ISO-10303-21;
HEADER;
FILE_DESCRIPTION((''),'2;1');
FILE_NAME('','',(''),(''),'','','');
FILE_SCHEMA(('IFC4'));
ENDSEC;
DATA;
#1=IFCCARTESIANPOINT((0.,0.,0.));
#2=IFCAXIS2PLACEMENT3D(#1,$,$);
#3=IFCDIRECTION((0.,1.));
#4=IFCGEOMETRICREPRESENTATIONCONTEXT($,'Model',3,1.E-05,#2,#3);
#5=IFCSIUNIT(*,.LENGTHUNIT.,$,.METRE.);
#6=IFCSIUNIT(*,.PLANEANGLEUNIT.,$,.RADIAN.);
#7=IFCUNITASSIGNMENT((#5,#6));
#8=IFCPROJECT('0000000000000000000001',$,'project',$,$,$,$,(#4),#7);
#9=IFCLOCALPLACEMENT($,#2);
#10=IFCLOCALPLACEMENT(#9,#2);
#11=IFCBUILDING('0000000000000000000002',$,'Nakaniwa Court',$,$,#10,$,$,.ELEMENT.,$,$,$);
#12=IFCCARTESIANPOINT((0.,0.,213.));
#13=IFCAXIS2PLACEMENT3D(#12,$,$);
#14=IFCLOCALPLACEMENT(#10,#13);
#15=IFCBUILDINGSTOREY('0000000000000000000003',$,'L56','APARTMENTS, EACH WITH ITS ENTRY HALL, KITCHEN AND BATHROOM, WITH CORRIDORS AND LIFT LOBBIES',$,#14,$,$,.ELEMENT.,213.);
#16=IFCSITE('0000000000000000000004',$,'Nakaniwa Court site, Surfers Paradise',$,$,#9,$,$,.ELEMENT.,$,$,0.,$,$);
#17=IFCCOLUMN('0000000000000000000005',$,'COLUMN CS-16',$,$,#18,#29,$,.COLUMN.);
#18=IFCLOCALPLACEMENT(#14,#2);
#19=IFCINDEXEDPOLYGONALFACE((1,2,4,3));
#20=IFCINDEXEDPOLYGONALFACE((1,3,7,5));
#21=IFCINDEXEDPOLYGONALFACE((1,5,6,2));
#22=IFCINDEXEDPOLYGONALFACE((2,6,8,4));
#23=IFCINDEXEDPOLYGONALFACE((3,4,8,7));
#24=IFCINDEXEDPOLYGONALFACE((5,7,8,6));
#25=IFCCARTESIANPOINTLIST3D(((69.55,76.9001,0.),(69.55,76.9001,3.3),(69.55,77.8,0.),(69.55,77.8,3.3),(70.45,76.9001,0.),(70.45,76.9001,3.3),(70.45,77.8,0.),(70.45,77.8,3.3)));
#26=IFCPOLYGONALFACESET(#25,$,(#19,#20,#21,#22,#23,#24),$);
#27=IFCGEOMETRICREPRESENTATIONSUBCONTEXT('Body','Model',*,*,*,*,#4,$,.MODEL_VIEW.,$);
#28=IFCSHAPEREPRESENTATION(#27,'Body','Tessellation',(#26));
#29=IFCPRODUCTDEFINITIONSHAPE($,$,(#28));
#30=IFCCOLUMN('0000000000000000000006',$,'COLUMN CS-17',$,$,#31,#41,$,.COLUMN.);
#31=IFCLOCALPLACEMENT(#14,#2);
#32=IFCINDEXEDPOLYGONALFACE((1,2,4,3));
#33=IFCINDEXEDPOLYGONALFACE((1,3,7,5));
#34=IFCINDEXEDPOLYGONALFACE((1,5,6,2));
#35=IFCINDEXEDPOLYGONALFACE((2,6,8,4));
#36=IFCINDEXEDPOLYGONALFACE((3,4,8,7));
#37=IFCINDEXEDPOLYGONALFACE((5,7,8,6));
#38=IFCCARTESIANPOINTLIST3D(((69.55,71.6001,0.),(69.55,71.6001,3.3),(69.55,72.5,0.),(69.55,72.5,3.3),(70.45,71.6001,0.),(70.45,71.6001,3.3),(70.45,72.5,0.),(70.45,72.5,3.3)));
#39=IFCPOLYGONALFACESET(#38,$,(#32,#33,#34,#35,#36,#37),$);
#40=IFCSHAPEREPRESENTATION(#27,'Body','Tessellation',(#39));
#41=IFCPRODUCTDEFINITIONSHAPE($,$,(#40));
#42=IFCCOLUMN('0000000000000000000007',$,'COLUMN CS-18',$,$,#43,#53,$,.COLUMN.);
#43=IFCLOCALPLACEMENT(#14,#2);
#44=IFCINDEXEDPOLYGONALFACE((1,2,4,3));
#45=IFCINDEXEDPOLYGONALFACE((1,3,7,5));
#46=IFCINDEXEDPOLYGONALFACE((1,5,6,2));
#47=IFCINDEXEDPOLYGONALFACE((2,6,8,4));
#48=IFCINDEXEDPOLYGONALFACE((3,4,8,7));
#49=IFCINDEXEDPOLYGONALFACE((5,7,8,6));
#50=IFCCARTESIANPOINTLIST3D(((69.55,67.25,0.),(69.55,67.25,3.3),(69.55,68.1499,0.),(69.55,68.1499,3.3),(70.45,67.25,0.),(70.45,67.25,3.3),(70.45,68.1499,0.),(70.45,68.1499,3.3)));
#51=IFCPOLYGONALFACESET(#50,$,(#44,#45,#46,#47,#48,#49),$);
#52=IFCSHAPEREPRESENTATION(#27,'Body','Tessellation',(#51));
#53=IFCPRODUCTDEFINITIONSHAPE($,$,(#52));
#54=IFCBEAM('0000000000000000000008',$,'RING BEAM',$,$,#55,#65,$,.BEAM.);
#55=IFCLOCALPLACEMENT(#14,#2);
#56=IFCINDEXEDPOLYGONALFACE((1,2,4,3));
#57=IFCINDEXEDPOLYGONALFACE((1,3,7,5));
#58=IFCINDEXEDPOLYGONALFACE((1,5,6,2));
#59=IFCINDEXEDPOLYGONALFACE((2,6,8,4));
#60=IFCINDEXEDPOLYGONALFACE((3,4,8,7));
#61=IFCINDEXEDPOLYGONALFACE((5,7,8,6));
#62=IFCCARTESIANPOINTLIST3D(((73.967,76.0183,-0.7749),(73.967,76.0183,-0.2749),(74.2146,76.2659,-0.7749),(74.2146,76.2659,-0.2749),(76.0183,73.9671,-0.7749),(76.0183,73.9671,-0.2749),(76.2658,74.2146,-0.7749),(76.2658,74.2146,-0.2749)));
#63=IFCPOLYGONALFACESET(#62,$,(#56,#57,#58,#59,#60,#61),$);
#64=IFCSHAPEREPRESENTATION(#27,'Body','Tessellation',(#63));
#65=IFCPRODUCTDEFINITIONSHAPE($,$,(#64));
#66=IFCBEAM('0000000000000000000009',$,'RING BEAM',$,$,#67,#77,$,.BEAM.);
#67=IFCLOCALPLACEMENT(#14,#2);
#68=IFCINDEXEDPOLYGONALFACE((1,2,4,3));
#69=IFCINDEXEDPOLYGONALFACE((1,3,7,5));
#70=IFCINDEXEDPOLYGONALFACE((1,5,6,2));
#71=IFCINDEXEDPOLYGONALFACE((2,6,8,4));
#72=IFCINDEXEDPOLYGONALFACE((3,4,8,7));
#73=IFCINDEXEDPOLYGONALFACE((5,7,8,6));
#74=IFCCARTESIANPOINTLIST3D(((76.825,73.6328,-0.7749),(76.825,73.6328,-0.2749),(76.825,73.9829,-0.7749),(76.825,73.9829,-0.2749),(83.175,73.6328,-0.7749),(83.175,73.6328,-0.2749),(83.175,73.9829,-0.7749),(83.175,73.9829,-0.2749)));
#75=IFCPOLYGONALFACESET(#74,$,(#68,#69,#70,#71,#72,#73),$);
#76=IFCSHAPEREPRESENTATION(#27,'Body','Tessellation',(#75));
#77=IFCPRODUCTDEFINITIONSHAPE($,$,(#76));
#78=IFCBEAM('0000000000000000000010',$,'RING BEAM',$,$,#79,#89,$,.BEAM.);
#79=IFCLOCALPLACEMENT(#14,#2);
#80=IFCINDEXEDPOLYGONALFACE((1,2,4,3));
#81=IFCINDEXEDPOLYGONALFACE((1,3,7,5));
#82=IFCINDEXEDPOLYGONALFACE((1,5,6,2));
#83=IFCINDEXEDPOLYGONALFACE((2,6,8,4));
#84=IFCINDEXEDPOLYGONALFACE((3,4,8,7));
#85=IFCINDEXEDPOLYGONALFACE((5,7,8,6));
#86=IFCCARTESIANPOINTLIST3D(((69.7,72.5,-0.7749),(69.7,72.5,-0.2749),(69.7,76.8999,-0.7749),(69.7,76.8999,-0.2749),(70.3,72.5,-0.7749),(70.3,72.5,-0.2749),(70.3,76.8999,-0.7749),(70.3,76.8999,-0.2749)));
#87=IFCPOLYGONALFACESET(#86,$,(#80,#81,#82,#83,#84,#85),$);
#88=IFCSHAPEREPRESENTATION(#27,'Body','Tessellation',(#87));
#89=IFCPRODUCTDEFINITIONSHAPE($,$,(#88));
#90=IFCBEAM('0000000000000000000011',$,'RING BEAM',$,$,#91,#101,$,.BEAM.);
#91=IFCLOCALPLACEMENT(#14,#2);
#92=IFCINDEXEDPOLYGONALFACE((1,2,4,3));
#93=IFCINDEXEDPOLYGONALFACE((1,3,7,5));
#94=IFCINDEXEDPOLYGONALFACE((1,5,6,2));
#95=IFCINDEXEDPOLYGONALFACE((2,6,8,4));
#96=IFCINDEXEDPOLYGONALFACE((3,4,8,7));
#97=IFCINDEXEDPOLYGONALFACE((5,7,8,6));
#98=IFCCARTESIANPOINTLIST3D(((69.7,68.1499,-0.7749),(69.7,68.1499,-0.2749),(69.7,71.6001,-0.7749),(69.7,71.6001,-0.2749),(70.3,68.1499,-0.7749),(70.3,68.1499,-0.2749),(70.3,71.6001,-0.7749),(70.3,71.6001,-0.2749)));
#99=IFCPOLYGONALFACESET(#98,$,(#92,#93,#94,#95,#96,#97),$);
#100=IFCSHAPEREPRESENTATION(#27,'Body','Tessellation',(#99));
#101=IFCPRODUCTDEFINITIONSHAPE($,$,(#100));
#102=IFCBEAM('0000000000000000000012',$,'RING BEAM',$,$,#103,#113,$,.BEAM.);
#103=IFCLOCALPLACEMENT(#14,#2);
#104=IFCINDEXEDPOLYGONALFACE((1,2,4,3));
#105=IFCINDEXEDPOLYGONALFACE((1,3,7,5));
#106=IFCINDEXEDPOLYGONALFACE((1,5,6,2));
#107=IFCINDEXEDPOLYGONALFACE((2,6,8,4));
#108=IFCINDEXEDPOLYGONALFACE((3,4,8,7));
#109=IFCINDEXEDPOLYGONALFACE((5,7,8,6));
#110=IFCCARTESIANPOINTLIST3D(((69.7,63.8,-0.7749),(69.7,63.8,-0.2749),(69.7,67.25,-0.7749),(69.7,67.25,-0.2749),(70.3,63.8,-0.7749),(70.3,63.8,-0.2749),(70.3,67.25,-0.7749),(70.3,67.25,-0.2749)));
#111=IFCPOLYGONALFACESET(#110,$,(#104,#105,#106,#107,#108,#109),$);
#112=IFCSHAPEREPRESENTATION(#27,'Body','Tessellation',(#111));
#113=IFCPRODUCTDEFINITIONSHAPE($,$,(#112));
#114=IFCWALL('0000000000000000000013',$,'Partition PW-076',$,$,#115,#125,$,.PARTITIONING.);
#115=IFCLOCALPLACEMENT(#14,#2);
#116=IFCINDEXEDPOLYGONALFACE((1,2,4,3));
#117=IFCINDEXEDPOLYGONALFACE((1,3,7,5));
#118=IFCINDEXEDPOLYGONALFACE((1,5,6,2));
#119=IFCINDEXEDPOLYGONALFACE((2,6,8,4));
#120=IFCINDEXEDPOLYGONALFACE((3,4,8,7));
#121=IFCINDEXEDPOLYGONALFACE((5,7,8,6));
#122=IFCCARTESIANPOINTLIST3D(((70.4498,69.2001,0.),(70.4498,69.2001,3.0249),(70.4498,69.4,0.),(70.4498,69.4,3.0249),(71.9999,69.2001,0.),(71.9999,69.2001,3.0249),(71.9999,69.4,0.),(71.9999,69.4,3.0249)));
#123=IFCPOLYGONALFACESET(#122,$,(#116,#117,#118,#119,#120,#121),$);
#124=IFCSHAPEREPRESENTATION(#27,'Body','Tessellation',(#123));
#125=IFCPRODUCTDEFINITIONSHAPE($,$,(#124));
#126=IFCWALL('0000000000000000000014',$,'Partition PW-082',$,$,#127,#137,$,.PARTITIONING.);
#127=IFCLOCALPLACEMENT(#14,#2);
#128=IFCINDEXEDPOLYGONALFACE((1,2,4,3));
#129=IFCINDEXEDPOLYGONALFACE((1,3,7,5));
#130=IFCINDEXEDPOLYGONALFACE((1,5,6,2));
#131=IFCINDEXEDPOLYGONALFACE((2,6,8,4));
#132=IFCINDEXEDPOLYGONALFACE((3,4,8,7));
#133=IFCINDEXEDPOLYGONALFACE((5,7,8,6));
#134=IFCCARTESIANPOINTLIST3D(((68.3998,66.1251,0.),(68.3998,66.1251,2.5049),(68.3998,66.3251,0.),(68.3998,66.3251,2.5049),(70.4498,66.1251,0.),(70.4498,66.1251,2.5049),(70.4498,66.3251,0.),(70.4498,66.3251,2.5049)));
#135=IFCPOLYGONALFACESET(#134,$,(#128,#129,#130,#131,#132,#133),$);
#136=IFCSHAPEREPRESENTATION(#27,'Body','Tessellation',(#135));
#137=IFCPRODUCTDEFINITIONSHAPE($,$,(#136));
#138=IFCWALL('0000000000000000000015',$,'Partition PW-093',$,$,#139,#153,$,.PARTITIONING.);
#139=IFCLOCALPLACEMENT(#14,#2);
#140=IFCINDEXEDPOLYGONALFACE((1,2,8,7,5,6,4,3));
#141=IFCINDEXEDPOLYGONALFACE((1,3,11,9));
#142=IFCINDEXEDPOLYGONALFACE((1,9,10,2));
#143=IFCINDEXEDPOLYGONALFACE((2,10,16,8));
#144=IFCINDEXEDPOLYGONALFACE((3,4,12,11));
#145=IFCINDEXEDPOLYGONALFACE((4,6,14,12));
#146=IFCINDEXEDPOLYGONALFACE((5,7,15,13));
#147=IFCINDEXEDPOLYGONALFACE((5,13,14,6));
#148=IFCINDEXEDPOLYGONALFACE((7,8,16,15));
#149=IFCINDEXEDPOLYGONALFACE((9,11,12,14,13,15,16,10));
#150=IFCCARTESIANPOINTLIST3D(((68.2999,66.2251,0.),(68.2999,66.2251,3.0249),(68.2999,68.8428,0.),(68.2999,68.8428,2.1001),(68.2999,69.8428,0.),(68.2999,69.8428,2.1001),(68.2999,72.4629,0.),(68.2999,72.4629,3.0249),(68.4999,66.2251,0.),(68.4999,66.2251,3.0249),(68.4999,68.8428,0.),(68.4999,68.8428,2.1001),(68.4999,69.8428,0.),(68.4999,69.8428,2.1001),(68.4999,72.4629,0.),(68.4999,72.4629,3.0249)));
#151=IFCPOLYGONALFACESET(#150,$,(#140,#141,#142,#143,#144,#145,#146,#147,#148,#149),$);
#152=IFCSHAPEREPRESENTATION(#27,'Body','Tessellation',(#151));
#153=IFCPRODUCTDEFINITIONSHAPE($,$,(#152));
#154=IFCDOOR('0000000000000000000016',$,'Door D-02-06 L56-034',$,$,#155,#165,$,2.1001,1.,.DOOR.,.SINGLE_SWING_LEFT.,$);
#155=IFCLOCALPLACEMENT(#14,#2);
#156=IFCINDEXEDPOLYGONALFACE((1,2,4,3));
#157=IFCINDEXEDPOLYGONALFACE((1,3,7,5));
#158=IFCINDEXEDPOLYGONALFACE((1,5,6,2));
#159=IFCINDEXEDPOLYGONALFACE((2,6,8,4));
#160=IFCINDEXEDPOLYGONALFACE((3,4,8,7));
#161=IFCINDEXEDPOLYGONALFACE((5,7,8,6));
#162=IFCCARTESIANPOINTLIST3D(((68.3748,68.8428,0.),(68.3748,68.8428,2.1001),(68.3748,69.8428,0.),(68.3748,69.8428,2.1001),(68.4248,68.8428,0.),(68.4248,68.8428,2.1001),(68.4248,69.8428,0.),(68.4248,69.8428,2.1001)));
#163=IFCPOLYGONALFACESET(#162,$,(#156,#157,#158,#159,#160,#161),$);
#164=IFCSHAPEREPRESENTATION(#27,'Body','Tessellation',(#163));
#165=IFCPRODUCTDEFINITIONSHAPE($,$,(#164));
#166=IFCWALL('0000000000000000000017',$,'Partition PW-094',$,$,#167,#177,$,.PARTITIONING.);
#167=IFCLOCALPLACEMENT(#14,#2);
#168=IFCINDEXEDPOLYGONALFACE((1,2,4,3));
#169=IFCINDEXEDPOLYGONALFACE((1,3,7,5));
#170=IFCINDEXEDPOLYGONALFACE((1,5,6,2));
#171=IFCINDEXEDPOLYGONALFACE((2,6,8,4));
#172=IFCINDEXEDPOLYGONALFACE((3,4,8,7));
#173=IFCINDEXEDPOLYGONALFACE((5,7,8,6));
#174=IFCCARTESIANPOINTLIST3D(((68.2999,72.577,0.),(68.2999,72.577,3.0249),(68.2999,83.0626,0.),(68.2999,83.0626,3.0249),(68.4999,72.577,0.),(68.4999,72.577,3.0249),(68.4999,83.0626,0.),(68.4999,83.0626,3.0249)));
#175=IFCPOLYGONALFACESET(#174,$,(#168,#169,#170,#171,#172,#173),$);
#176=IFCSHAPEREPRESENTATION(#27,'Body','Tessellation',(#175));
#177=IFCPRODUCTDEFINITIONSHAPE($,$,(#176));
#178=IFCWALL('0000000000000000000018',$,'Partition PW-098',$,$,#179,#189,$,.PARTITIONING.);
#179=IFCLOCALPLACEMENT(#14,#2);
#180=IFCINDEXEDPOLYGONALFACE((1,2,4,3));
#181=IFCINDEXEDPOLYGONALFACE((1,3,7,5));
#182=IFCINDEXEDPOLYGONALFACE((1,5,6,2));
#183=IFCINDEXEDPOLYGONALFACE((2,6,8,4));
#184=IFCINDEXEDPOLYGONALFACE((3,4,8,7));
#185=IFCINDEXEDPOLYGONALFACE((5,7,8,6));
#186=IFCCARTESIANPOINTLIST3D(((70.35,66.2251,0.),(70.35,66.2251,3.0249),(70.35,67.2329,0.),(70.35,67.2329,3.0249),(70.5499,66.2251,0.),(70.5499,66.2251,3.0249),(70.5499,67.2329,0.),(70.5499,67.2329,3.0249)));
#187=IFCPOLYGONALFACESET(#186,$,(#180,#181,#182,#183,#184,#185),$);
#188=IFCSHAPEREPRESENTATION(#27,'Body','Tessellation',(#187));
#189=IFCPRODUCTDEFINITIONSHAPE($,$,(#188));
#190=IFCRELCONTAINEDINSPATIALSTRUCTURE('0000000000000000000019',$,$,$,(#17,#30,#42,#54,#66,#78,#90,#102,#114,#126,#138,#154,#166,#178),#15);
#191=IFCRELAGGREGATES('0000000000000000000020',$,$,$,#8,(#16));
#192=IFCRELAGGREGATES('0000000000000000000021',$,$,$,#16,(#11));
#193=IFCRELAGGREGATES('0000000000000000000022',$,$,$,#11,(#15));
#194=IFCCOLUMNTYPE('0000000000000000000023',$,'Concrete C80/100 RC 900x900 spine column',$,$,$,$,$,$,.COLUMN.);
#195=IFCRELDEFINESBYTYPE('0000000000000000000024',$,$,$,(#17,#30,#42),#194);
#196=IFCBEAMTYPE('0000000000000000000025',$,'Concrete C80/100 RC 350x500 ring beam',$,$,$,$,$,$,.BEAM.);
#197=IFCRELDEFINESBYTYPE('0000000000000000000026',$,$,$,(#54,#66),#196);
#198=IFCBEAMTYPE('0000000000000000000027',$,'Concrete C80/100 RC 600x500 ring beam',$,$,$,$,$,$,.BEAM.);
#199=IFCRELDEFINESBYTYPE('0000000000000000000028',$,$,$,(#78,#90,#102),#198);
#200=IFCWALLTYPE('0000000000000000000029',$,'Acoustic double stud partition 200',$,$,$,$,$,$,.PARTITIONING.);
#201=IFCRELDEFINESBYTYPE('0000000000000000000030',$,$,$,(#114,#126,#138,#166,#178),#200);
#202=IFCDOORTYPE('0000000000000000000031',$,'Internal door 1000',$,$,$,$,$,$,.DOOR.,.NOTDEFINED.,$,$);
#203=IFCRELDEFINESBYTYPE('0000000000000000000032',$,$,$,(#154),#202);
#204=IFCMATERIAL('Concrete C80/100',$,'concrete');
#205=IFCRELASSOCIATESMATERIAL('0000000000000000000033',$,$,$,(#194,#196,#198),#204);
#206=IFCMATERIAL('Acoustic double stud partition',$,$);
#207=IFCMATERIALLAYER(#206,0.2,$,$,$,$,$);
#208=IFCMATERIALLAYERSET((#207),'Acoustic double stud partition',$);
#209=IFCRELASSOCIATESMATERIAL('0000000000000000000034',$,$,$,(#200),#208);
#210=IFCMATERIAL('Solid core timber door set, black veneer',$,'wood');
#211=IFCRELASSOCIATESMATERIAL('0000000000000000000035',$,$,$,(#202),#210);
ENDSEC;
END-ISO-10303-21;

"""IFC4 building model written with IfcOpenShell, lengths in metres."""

from ifc_helpers import new_model, si_unit, direction, frame, frame_2d, origin, origin_2d, place, context, subcontext, project, spatial, rectangle, extrude, material, layer, layer_set, material_profile, profile_set, type_object, element, fill, save


model = new_model("IFC4")

# Units and contexts
model_context = context("Model", 3, precision=1e-05, world=origin(), true_north=direction((0.0, 1.0)))
body_context = subcontext(model_context, "Body", "Model", "MODEL_VIEW")
ifc_project = project(units=[si_unit("LENGTHUNIT", "METRE"), si_unit("PLANEANGLEUNIT", "RADIAN")], contexts=[model_context])

# Site, building, storey
site_placement = place(None, origin())
site = spatial("IfcSite", under=ifc_project, at=site_placement, Name="Nakaniwa Court site, Surfers Paradise", CompositionType="ELEMENT", RefElevation=0.0)
building_placement = place(site_placement, origin())
building = spatial("IfcBuilding", under=site, at=building_placement, Name="Nakaniwa Court", CompositionType="ELEMENT")
storey_placement = place(building_placement, frame((0.0, 0.0, 213.0)))
storey = spatial("IfcBuildingStorey", under=building, at=storey_placement, Name="L56", Description="APARTMENTS, EACH WITH ITS ENTRY HALL, KITCHEN AND BATHROOM, WITH CORRIDORS AND LIFT LOBBIES", CompositionType="ELEMENT", Elevation=213.0)

# Columns
ifc_material_1 = material(Name="Concrete C80/100", Category="concrete")
ifc_material_profile_1 = material_profile(ifc_material_1, rectangle(XDim=0.8999, YDim=0.8999, at=origin_2d()), Name="Concrete C80/100 RC 900x900 spine column")
ifc_profile_set_1 = profile_set([ifc_material_profile_1], Name="Concrete C80/100")
column_type_1 = type_object("IfcColumnType", Name="Concrete C80/100 RC 900x900 spine column", PredefinedType="COLUMN", material=ifc_profile_set_1)
for number, where, z_axis, x_axis, name in (
    (1, (70.0, 77.3501, 0.0), (0.0, 0.0, 1.0), (0.0, -1.0, 0.0), "COLUMN CS-16"),
    (2, (70.0, 72.05, 0.0), (0.0, 0.0, 1.0), (0.0, -1.0, 0.0), "COLUMN CS-17"),
    (3, (70.0, 67.7, 0.0), (0.0, 0.0, 1.0), (0.0, -1.0, 0.0), "COLUMN CS-18"),
):
    element("IfcColumn", number, at=place(storey_placement, frame(where, z_axis=z_axis, x_axis=x_axis)), inside=storey, type_object=column_type_1, Name=name, PredefinedType="COLUMN", context=body_context, shape_type="SweptSolid", body=[
        extrude(rectangle(XDim=0.8999, YDim=0.8999, at=origin_2d()), origin(), (0.0, 0.0, 1.0), 3.3),
    ])

# Beams
ifc_material_profile_2 = material_profile(ifc_material_1, rectangle(XDim=0.3501, YDim=0.5, at=origin_2d()), Name="Concrete C80/100 RC 350x500 ring beam")
ifc_profile_set_2 = profile_set([ifc_material_profile_2], Name="Concrete C80/100")
beam_type_1 = type_object("IfcBeamType", Name="Concrete C80/100 RC 350x500 ring beam", PredefinedType="BEAM", material=ifc_profile_set_2)
beam_1_placement = place(storey_placement, frame((74.0908, 76.1421, -0.5249), z_axis=(0.707107, -0.707107, 0.0), x_axis=(0.707107, 0.707107, 0.0)))
element("IfcBeam", 4, at=beam_1_placement, inside=storey, type_object=beam_type_1, Name="RING BEAM", PredefinedType="BEAM", context=body_context, shape_type="SweptSolid", body=[
    extrude(rectangle(XDim=0.3501, YDim=0.5, at=origin_2d()), origin(), (0.0, 0.0, 1.0), 2.9009),
])
beam_2_placement = place(storey_placement, frame((76.825, 73.8079, -0.5249), z_axis=(1.0, 0.0, 0.0), x_axis=(0.0, 1.0, 0.0)))
element("IfcBeam", 5, at=beam_2_placement, inside=storey, type_object=beam_type_1, Name="RING BEAM", PredefinedType="BEAM", context=body_context, shape_type="SweptSolid", body=[
    extrude(rectangle(XDim=0.3501, YDim=0.5, at=origin_2d()), origin(), (0.0, 0.0, 1.0), 6.3501),
])
ifc_material_profile_3 = material_profile(ifc_material_1, rectangle(XDim=0.6001, YDim=0.5, at=origin_2d()), Name="Concrete C80/100 RC 600x500 ring beam")
ifc_profile_set_3 = profile_set([ifc_material_profile_3], Name="Concrete C80/100")
beam_type_2 = type_object("IfcBeamType", Name="Concrete C80/100 RC 600x500 ring beam", PredefinedType="BEAM", material=ifc_profile_set_3)
beam_3_placement = place(storey_placement, frame((70.0, 76.8999, -0.5249), z_axis=(0.0, -1.0, 0.0), x_axis=(1.0, 0.0, 0.0)))
element("IfcBeam", 6, at=beam_3_placement, inside=storey, type_object=beam_type_2, Name="RING BEAM", PredefinedType="BEAM", context=body_context, shape_type="SweptSolid", body=[
    extrude(rectangle(XDim=0.6001, YDim=0.5, at=origin_2d()), origin(), (0.0, 0.0, 1.0), 4.3999),
])
beam_4_placement = place(storey_placement, frame((70.0, 71.6001, -0.5249), z_axis=(0.0, -1.0, 0.0), x_axis=(1.0, 0.0, 0.0)))
element("IfcBeam", 7, at=beam_4_placement, inside=storey, type_object=beam_type_2, Name="RING BEAM", PredefinedType="BEAM", context=body_context, shape_type="SweptSolid", body=[
    extrude(rectangle(XDim=0.6001, YDim=0.5, at=origin_2d()), origin(), (0.0, 0.0, 1.0), 3.4502),
])
beam_5_placement = place(storey_placement, frame((70.0, 67.25, -0.5249), z_axis=(0.0, -1.0, 0.0), x_axis=(1.0, 0.0, 0.0)))
element("IfcBeam", 8, at=beam_5_placement, inside=storey, type_object=beam_type_2, Name="RING BEAM", PredefinedType="BEAM", context=body_context, shape_type="SweptSolid", body=[
    extrude(rectangle(XDim=0.6001, YDim=0.5, at=origin_2d()), origin(), (0.0, 0.0, 1.0), 3.45),
])

# Walls
ifc_material_2 = material(Name="Acoustic double stud partition")
ifc_layer_1 = layer(ifc_material_2, 0.2)
ifc_layer_set_1 = layer_set([ifc_layer_1], Name="Acoustic double stud partition")
wall_type_1 = type_object("IfcWallType", Name="Acoustic double stud partition 200", PredefinedType="PARTITIONING", material=ifc_layer_set_1)
wall_1_placement = place(storey_placement, frame((70.45, 69.3, 0.0), z_axis=(0.0, 0.0, 1.0), x_axis=(1.0, 0.0, 0.0)))
element("IfcWall", 9, at=wall_1_placement, inside=storey, type_object=wall_type_1, Name="Partition PW-076", PredefinedType="PARTITIONING", context=body_context, shape_type="SweptSolid", body=[
    extrude(rectangle(XDim=1.55, YDim=0.2, at=frame_2d((0.7749, 0.0))), origin(), (0.0, 0.0, 1.0), 3.0249),
])
wall_2_placement = place(storey_placement, frame((68.3999, 66.2251, 0.0), z_axis=(0.0, 0.0, 1.0), x_axis=(1.0, 0.0, 0.0)))
element("IfcWall", 10, at=wall_2_placement, inside=storey, type_object=wall_type_1, Name="Partition PW-082", PredefinedType="PARTITIONING", context=body_context, shape_type="SweptSolid", body=[
    extrude(rectangle(XDim=2.05, YDim=0.2, at=frame_2d((1.0249, 0.0))), origin(), (0.0, 0.0, 1.0), 2.5049),
])

# Wall, opening, door
wall_3_placement = place(storey_placement, frame((68.3999, 72.4629, 0.0), z_axis=(0.0, 0.0, 1.0), x_axis=(0.0, -1.0, 0.0)))
wall_3 = element("IfcWall", 11, at=wall_3_placement, inside=storey, type_object=wall_type_1, Name="Partition PW-093", PredefinedType="PARTITIONING", context=body_context, shape_type="SweptSolid", body=[
    extrude(rectangle(XDim=6.2378, YDim=0.2, at=frame_2d((3.1189, 0.0))), origin(), (0.0, 0.0, 1.0), 3.0249),
])
opening_1_placement = place(wall_3_placement, frame((2.6201, 0.0, 0.0)))
opening_1 = element("IfcOpeningElement", 12, at=opening_1_placement, cuts=wall_3, PredefinedType="OPENING", context=body_context, shape_type="SweptSolid", body=[
    extrude(rectangle(XDim=1.0, YDim=2.1001, at=frame_2d((0.5, 1.05))), frame((0.0, 0.1099, 0.0), z_axis=(0.0, -1.0, 0.0), x_axis=(1.0, 0.0, 0.0)), (0.0, 0.0, 1.0), 0.22),
])
ifc_material_3 = material(Name="Solid core timber door set, black veneer", Category="wood")
door_type_1 = type_object("IfcDoorType", Name="Internal door 1000", OperationType="NOTDEFINED", PredefinedType="DOOR", material=ifc_material_3)
door_1_placement = place(opening_1_placement, origin())
door_1 = element("IfcDoor", 13, at=door_1_placement, inside=storey, type_object=door_type_1, Name="Door D-02-06 L56-034", OperationType="SINGLE_SWING_LEFT", OverallHeight=2.1001, OverallWidth=1.0, PredefinedType="DOOR", context=body_context, shape_type="SweptSolid", body=[
    extrude(rectangle(XDim=1.0, YDim=2.1001, at=frame_2d((0.5, 1.05))), frame((0.0, 0.0249, 0.0), z_axis=(0.0, -1.0, 0.0), x_axis=(1.0, 0.0, 0.0)), (0.0, 0.0, 1.0), 0.05),
])
fill(opening_1, door_1)

# Walls
wall_4_placement = place(storey_placement, frame((68.3999, 72.5771, 0.0), z_axis=(0.0, 0.0, 1.0), x_axis=(0.0, 1.0, 0.0)))
element("IfcWall", 14, at=wall_4_placement, inside=storey, type_object=wall_type_1, Name="Partition PW-094", PredefinedType="PARTITIONING", context=body_context, shape_type="SweptSolid", body=[
    extrude(rectangle(XDim=10.4856, YDim=0.2, at=frame_2d((5.2427, 0.0))), origin(), (0.0, 0.0, 1.0), 3.0249),
])
wall_5_placement = place(storey_placement, frame((70.45, 66.2251, 0.0), z_axis=(0.0, 0.0, 1.0), x_axis=(0.0, 1.0, 0.0)))
element("IfcWall", 15, at=wall_5_placement, inside=storey, type_object=wall_type_1, Name="Partition PW-098", PredefinedType="PARTITIONING", context=body_context, shape_type="SweptSolid", body=[
    extrude(rectangle(XDim=1.0078, YDim=0.2, at=frame_2d((0.5039, 0.0))), origin(), (0.0, 0.0, 1.0), 3.0249),
])

save(model, "model.ifc")
